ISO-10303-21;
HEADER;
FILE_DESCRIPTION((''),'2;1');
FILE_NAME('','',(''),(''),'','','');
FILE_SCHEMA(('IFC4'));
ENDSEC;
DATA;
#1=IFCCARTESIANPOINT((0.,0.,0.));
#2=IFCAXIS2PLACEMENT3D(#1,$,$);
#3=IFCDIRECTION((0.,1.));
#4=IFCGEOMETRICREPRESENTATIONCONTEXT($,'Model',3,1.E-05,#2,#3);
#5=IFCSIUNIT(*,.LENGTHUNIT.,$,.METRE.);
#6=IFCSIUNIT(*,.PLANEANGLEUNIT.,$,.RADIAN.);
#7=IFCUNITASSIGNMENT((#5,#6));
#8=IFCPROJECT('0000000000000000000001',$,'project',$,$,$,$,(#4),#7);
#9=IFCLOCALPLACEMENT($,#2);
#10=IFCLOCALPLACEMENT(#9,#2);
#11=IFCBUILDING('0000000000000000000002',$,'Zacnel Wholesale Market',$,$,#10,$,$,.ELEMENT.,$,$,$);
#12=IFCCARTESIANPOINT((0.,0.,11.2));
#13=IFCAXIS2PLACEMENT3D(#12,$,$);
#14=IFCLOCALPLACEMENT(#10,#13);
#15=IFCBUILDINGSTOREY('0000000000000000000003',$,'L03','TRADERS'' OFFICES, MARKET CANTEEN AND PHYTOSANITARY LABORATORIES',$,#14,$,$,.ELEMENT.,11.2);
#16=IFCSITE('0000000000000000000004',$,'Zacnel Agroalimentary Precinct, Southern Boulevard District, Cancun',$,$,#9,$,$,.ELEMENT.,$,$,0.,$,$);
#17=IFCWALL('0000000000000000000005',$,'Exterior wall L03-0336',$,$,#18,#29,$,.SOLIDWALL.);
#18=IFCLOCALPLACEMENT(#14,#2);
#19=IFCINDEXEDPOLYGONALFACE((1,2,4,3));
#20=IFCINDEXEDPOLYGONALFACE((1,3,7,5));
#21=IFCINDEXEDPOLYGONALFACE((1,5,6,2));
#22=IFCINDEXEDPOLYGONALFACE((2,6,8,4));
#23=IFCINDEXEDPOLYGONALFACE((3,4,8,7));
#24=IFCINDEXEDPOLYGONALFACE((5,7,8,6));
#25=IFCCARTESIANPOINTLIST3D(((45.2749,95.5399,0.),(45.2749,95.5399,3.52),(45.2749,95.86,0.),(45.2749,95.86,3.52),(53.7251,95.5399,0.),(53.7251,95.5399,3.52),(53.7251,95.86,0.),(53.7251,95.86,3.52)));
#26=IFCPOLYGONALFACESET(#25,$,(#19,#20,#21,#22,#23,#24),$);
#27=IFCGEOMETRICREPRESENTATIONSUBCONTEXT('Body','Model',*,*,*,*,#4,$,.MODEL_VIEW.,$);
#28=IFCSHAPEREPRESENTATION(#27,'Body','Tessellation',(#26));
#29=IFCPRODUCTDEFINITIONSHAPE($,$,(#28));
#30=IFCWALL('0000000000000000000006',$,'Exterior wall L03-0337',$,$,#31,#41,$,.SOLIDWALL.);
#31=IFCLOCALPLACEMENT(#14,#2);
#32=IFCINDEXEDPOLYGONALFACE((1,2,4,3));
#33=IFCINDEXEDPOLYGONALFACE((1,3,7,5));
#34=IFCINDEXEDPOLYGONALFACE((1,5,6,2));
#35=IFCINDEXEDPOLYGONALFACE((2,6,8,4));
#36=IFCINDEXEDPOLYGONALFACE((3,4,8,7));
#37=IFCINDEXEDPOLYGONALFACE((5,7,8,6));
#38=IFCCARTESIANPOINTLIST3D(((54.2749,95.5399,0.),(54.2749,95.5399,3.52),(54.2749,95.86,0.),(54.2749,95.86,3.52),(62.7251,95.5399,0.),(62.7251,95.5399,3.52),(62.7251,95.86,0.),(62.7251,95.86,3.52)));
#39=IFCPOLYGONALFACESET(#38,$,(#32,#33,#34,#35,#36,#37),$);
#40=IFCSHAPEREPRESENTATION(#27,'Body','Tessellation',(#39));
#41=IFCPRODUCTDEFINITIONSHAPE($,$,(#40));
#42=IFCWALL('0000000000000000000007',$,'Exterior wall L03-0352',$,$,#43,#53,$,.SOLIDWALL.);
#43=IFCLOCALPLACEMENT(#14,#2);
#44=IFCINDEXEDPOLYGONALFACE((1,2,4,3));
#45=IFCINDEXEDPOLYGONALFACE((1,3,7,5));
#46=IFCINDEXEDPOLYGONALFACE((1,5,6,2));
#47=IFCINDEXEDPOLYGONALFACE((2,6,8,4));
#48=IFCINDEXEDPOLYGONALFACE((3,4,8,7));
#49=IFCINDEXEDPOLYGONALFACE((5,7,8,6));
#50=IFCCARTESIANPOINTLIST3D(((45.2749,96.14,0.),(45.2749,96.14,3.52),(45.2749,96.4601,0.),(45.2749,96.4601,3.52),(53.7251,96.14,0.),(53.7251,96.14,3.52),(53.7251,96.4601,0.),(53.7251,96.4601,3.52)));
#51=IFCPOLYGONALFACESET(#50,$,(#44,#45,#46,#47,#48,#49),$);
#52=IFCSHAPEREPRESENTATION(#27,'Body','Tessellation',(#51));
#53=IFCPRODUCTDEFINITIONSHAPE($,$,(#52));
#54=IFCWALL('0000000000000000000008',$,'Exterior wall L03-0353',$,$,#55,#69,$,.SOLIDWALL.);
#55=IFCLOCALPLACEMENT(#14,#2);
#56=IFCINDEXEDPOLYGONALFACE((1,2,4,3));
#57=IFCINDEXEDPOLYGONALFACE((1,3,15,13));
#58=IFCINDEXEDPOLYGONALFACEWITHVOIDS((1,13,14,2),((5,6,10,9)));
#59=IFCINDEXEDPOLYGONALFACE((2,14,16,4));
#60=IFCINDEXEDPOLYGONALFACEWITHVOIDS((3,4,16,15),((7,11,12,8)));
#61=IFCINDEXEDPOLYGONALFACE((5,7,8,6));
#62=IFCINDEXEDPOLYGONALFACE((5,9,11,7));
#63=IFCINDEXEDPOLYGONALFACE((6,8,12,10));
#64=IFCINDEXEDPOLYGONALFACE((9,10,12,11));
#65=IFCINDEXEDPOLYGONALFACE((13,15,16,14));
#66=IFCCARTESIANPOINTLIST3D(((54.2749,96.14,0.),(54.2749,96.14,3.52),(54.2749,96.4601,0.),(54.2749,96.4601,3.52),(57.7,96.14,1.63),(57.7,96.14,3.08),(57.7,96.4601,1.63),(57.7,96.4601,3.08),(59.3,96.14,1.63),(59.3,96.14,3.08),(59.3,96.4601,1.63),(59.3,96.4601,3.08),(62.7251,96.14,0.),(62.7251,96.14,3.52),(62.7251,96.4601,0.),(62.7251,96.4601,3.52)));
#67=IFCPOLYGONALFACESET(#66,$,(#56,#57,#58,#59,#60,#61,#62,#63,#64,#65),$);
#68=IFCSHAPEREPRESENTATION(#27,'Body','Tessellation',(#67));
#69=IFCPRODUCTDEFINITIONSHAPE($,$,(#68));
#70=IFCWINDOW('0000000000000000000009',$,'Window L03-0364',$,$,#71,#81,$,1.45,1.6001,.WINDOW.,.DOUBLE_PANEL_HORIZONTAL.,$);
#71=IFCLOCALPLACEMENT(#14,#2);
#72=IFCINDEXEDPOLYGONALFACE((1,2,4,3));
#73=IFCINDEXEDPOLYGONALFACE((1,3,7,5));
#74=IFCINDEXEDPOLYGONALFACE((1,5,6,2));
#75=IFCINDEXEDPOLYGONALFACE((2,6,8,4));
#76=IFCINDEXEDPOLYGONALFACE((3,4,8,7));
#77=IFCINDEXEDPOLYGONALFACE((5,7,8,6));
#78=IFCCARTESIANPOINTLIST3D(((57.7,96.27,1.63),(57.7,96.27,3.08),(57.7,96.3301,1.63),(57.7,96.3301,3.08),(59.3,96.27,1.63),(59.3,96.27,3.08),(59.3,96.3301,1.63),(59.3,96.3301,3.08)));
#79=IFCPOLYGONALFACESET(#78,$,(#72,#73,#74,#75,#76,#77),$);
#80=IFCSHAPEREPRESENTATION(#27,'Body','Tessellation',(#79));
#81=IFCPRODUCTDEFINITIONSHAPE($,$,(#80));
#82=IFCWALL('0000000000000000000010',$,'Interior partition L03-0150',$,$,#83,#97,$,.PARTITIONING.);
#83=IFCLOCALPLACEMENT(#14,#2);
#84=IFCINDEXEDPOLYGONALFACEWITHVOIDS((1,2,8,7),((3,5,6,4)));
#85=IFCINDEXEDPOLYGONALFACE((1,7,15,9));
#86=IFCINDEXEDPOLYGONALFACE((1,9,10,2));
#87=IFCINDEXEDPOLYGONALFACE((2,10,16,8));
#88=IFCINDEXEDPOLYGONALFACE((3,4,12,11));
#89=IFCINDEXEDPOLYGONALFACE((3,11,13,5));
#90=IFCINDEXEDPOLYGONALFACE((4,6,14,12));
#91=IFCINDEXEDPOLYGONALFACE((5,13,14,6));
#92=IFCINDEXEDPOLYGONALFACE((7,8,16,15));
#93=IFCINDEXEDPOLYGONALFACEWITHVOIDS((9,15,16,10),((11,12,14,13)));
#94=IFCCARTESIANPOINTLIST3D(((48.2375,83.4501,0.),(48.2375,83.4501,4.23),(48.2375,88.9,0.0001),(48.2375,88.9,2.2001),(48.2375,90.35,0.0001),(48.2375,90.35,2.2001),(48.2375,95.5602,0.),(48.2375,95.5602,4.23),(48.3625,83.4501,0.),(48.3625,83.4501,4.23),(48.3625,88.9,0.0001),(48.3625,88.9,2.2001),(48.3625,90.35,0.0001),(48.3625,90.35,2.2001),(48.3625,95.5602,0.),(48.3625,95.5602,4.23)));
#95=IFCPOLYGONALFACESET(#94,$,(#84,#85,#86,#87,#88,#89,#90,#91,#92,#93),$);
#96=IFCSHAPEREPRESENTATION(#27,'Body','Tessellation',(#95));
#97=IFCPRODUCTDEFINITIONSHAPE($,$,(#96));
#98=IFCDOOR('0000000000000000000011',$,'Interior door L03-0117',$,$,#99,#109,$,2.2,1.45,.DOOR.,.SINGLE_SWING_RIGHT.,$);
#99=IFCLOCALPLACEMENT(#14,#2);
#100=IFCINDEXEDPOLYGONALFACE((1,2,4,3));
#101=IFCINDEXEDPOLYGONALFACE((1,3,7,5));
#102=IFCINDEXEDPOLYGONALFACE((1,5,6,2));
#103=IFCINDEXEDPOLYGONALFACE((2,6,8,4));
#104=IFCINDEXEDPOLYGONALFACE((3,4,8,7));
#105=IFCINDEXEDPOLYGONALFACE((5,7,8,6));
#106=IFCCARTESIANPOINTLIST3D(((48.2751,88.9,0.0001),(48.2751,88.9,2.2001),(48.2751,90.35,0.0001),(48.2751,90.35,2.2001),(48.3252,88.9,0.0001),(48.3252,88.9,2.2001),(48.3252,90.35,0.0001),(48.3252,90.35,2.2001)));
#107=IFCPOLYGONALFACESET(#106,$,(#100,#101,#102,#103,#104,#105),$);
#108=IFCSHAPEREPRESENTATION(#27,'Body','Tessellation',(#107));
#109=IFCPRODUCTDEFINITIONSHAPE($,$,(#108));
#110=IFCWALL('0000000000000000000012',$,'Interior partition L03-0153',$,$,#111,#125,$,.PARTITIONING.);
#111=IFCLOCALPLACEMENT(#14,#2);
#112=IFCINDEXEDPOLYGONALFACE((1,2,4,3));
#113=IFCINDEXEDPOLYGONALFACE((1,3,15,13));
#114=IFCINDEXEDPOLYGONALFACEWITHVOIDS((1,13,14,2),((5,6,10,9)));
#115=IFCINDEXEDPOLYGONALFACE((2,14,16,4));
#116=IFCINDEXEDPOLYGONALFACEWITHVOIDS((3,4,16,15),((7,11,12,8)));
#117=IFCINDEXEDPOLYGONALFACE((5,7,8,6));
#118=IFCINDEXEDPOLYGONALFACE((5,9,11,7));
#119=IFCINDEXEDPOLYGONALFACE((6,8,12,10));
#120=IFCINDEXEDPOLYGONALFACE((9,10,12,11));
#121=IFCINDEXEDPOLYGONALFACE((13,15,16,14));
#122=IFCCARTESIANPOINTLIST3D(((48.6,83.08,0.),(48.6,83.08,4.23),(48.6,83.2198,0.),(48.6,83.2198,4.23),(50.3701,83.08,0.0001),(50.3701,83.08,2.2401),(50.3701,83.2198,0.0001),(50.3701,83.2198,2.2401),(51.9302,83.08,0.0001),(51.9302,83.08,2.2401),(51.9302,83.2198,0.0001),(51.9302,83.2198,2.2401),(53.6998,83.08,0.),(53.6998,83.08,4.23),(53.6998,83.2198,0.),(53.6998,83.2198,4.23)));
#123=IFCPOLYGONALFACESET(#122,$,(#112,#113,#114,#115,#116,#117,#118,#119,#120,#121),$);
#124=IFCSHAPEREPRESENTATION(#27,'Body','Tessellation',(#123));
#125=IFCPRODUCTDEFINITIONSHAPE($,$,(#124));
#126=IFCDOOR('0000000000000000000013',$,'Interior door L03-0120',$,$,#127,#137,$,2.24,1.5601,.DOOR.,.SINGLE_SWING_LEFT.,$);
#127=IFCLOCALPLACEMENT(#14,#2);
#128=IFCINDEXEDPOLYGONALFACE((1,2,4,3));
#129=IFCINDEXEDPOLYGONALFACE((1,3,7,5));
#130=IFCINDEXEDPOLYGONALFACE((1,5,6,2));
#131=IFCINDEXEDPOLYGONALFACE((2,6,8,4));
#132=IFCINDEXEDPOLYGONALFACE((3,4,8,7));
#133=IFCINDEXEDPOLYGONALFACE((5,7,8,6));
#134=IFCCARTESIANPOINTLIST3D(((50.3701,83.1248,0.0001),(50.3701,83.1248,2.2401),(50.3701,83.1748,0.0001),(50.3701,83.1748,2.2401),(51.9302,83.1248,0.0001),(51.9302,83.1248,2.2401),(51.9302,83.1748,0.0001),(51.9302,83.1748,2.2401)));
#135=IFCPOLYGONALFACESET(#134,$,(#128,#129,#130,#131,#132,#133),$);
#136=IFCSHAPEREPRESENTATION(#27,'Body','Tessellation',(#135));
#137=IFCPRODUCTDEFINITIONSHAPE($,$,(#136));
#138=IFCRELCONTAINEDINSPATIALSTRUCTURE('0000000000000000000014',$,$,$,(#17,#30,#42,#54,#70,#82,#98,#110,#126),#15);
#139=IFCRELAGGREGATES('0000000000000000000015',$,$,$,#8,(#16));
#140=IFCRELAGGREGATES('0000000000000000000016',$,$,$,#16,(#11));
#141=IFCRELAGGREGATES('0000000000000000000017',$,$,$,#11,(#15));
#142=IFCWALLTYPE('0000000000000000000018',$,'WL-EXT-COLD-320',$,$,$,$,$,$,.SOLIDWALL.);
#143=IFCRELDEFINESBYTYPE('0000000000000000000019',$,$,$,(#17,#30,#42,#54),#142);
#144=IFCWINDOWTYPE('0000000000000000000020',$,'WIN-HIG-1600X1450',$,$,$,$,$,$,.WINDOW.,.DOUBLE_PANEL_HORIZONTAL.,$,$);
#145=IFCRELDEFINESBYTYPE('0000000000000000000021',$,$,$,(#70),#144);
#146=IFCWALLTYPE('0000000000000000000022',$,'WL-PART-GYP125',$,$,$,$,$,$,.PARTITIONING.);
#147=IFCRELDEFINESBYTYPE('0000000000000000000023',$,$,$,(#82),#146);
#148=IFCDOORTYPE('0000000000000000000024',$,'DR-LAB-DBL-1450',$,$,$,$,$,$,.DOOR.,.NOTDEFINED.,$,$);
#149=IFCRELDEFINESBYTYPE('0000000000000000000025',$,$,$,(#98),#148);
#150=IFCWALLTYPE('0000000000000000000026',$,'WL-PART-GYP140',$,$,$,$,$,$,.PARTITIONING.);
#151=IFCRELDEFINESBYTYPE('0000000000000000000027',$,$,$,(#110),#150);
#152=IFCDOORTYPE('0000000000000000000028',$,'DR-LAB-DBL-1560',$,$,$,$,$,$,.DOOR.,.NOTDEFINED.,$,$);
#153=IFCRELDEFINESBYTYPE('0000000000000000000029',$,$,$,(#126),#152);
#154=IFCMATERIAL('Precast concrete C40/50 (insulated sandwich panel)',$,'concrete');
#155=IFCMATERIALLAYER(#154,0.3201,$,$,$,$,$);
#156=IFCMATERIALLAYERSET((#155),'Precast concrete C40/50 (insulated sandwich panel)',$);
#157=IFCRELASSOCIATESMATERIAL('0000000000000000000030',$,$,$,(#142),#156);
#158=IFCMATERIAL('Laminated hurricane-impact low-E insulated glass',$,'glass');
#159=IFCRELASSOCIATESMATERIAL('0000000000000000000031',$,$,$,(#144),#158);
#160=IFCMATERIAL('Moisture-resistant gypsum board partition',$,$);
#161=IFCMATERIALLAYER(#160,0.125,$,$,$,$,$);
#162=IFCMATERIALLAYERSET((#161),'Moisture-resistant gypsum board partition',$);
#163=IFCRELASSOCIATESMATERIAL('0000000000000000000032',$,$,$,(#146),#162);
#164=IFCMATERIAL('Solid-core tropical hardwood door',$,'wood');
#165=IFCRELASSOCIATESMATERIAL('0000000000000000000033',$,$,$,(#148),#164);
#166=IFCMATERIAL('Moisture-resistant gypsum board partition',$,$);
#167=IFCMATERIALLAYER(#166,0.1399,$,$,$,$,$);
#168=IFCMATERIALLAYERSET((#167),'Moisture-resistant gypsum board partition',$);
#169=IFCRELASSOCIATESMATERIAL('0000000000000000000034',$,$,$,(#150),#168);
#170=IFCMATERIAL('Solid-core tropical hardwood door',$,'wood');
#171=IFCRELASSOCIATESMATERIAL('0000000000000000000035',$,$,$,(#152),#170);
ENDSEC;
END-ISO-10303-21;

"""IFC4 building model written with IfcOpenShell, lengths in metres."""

from ifc_helpers import new_model, si_unit, direction, frame, frame_2d, origin, place, context, subcontext, project, spatial, rectangle, extrude, material, layer, layer_set, type_object, element, fill, save


model = new_model("IFC4")

# Units and contexts
model_context = context("Model", 3, precision=1e-05, world=origin(), true_north=direction((0.0, 1.0)))
body_context = subcontext(model_context, "Body", "Model", "MODEL_VIEW")
ifc_project = project(units=[si_unit("LENGTHUNIT", "METRE"), si_unit("PLANEANGLEUNIT", "RADIAN")], contexts=[model_context])

# Site, building, storey
site_placement = place(None, origin())
site = spatial("IfcSite", under=ifc_project, at=site_placement, Name="Zacnel Agroalimentary Precinct, Southern Boulevard District, Cancun", CompositionType="ELEMENT", RefElevation=0.0)
building_placement = place(site_placement, origin())
building = spatial("IfcBuilding", under=site, at=building_placement, Name="Zacnel Wholesale Market", CompositionType="ELEMENT")
storey_placement = place(building_placement, frame((0.0, 0.0, 11.2)))
storey = spatial("IfcBuildingStorey", under=building, at=storey_placement, Name="L03", Description="TRADERS' OFFICES, MARKET CANTEEN AND PHYTOSANITARY LABORATORIES", CompositionType="ELEMENT", Elevation=11.2)

# Walls
ifc_material_1 = material(Name="Precast concrete C40/50 (insulated sandwich panel)", Category="concrete")
ifc_layer_1 = layer(ifc_material_1, 0.3201)
ifc_layer_set_1 = layer_set([ifc_layer_1], Name="Precast concrete C40/50 (insulated sandwich panel)")
wall_type_1 = type_object("IfcWallType", Name="WL-EXT-COLD-320", PredefinedType="SOLIDWALL", material=ifc_layer_set_1)
for number, where, z_axis, x_axis, name in (
    (1, (45.2749, 95.7, 0.0), (0.0, 0.0, 1.0), (1.0, 0.0, 0.0), "Exterior wall L03-0336"),
    (2, (54.2749, 95.7, 0.0), (0.0, 0.0, 1.0), (1.0, 0.0, 0.0), "Exterior wall L03-0337"),
    (3, (45.2749, 96.3, 0.0), (0.0, 0.0, 1.0), (1.0, 0.0, 0.0), "Exterior wall L03-0352"),
):
    element("IfcWall", number, at=place(storey_placement, frame(where, z_axis=z_axis, x_axis=x_axis)), inside=storey, type_object=wall_type_1, Name=name, PredefinedType="SOLIDWALL", context=body_context, shape_type="SweptSolid", body=[
        extrude(rectangle(XDim=8.4502, YDim=0.3201, at=frame_2d((4.2251, 0.0))), origin(), (0.0, 0.0, 1.0), 3.52),
    ])

# Wall, opening, window
wall_1_placement = place(storey_placement, frame((54.2749, 96.3, 0.0), z_axis=(0.0, 0.0, 1.0), x_axis=(1.0, 0.0, 0.0)))
wall_1 = element("IfcWall", 4, at=wall_1_placement, inside=storey, type_object=wall_type_1, Name="Exterior wall L03-0353", PredefinedType="SOLIDWALL", context=body_context, shape_type="SweptSolid", body=[
    extrude(rectangle(XDim=8.4502, YDim=0.3201, at=frame_2d((4.2251, 0.0))), origin(), (0.0, 0.0, 1.0), 3.52),
])
opening_1_placement = place(wall_1_placement, frame((3.425, 0.0, 1.6299)))
opening_1 = element("IfcOpeningElement", 5, at=opening_1_placement, cuts=wall_1, PredefinedType="OPENING", context=body_context, shape_type="SweptSolid", body=[
    extrude(rectangle(XDim=1.6001, YDim=1.45, at=frame_2d((0.8, 0.7251))), frame((0.0, 0.1699, 0.0), z_axis=(0.0, -1.0, 0.0), x_axis=(1.0, 0.0, 0.0)), (0.0, 0.0, 1.0), 0.3401),
])
ifc_material_2 = material(Name="Laminated hurricane-impact low-E insulated glass", Category="glass")
window_type = type_object("IfcWindowType", Name="WIN-HIG-1600X1450", PartitioningType="DOUBLE_PANEL_HORIZONTAL", PredefinedType="WINDOW", material=ifc_material_2)
window_placement = place(opening_1_placement, origin())
window = element("IfcWindow", 6, at=window_placement, inside=storey, type_object=window_type, Name="Window L03-0364", OverallHeight=1.45, OverallWidth=1.6001, PartitioningType="DOUBLE_PANEL_HORIZONTAL", PredefinedType="WINDOW", context=body_context, shape_type="SweptSolid", body=[
    extrude(rectangle(XDim=1.6001, YDim=1.45, at=frame_2d((0.8, 0.7251))), frame((0.0, 0.03, 0.0), z_axis=(0.0, -1.0, 0.0), x_axis=(1.0, 0.0, 0.0)), (0.0, 0.0, 1.0), 0.0601),
])
fill(opening_1, window)

# Walls, openings, doors
ifc_material_3 = material(Name="Moisture-resistant gypsum board partition")
ifc_layer_2 = layer(ifc_material_3, 0.125)
ifc_layer_set_2 = layer_set([ifc_layer_2], Name="Moisture-resistant gypsum board partition")
wall_type_2 = type_object("IfcWallType", Name="WL-PART-GYP125", PredefinedType="PARTITIONING", material=ifc_layer_set_2)
wall_2_placement = place(storey_placement, frame((48.3, 83.45, 0.0), z_axis=(0.0, 0.0, 1.0), x_axis=(0.0, 1.0, 0.0)))
wall_2 = element("IfcWall", 7, at=wall_2_placement, inside=storey, type_object=wall_type_2, Name="Interior partition L03-0150", PredefinedType="PARTITIONING", context=body_context, shape_type="SweptSolid", body=[
    extrude(rectangle(XDim=12.1101, YDim=0.125, at=frame_2d((6.0552, 0.0))), origin(), (0.0, 0.0, 1.0), 4.23),
])
opening_2_placement = place(wall_2_placement, frame((5.45, 0.0, 0.0)))
opening_2 = element("IfcOpeningElement", 8, at=opening_2_placement, cuts=wall_2, PredefinedType="OPENING", context=body_context, shape_type="SweptSolid", body=[
    extrude(rectangle(XDim=1.45, YDim=2.2, at=frame_2d((0.7251, 1.1001))), frame((0.0, 0.0725, 0.0), z_axis=(0.0, -1.0, 0.0), x_axis=(1.0, 0.0, 0.0)), (0.0, 0.0, 1.0), 0.145),
])
ifc_material_4 = material(Name="Solid-core tropical hardwood door", Category="wood")
door_type_1 = type_object("IfcDoorType", Name="DR-LAB-DBL-1450", OperationType="NOTDEFINED", PredefinedType="DOOR", material=ifc_material_4)
door_1_placement = place(opening_2_placement, origin())
door_1 = element("IfcDoor", 9, at=door_1_placement, inside=storey, type_object=door_type_1, Name="Interior door L03-0117", OperationType="SINGLE_SWING_RIGHT", OverallHeight=2.2, OverallWidth=1.45, PredefinedType="DOOR", context=body_context, shape_type="SweptSolid", body=[
    extrude(rectangle(XDim=1.45, YDim=2.2, at=frame_2d((0.7251, 1.1001))), frame((0.0, 0.0249, 0.0), z_axis=(0.0, -1.0, 0.0), x_axis=(1.0, 0.0, 0.0)), (0.0, 0.0, 1.0), 0.05),
])
fill(opening_2, door_1)
ifc_material_5 = material(Name="Moisture-resistant gypsum board partition")
ifc_layer_3 = layer(ifc_material_5, 0.1399)
ifc_layer_set_3 = layer_set([ifc_layer_3], Name="Moisture-resistant gypsum board partition")
wall_type_3 = type_object("IfcWallType", Name="WL-PART-GYP140", PredefinedType="PARTITIONING", material=ifc_layer_set_3)
wall_3_placement = place(storey_placement, frame((48.6001, 83.1499, 0.0), z_axis=(0.0, 0.0, 1.0), x_axis=(1.0, 0.0, 0.0)))
wall_3 = element("IfcWall", 10, at=wall_3_placement, inside=storey, type_object=wall_type_3, Name="Interior partition L03-0153", PredefinedType="PARTITIONING", context=body_context, shape_type="SweptSolid", body=[
    extrude(rectangle(XDim=5.0999, YDim=0.1399, at=frame_2d((2.5498, 0.0))), origin(), (0.0, 0.0, 1.0), 4.23),
])
opening_3_placement = place(wall_3_placement, frame((1.77, 0.0, 0.0)))
opening_3 = element("IfcOpeningElement", 11, at=opening_3_placement, cuts=wall_3, PredefinedType="OPENING", context=body_context, shape_type="SweptSolid", body=[
    extrude(rectangle(XDim=1.5601, YDim=2.24, at=frame_2d((0.78, 1.1201))), frame((0.0, 0.0798, 0.0), z_axis=(0.0, -1.0, 0.0), x_axis=(1.0, 0.0, 0.0)), (0.0, 0.0, 1.0), 0.1599),
])
ifc_material_6 = material(Name="Solid-core tropical hardwood door", Category="wood")
door_type_2 = type_object("IfcDoorType", Name="DR-LAB-DBL-1560", OperationType="NOTDEFINED", PredefinedType="DOOR", material=ifc_material_6)
door_2_placement = place(opening_3_placement, origin())
door_2 = element("IfcDoor", 12, at=door_2_placement, inside=storey, type_object=door_type_2, Name="Interior door L03-0120", OperationType="SINGLE_SWING_LEFT", OverallHeight=2.24, OverallWidth=1.5601, PredefinedType="DOOR", context=body_context, shape_type="SweptSolid", body=[
    extrude(rectangle(XDim=1.5601, YDim=2.24, at=frame_2d((0.78, 1.1201))), frame((0.0, 0.0249, 0.0), z_axis=(0.0, -1.0, 0.0), x_axis=(1.0, 0.0, 0.0)), (0.0, 0.0, 1.0), 0.05),
])
fill(opening_3, door_2)

save(model, "model.ifc")
